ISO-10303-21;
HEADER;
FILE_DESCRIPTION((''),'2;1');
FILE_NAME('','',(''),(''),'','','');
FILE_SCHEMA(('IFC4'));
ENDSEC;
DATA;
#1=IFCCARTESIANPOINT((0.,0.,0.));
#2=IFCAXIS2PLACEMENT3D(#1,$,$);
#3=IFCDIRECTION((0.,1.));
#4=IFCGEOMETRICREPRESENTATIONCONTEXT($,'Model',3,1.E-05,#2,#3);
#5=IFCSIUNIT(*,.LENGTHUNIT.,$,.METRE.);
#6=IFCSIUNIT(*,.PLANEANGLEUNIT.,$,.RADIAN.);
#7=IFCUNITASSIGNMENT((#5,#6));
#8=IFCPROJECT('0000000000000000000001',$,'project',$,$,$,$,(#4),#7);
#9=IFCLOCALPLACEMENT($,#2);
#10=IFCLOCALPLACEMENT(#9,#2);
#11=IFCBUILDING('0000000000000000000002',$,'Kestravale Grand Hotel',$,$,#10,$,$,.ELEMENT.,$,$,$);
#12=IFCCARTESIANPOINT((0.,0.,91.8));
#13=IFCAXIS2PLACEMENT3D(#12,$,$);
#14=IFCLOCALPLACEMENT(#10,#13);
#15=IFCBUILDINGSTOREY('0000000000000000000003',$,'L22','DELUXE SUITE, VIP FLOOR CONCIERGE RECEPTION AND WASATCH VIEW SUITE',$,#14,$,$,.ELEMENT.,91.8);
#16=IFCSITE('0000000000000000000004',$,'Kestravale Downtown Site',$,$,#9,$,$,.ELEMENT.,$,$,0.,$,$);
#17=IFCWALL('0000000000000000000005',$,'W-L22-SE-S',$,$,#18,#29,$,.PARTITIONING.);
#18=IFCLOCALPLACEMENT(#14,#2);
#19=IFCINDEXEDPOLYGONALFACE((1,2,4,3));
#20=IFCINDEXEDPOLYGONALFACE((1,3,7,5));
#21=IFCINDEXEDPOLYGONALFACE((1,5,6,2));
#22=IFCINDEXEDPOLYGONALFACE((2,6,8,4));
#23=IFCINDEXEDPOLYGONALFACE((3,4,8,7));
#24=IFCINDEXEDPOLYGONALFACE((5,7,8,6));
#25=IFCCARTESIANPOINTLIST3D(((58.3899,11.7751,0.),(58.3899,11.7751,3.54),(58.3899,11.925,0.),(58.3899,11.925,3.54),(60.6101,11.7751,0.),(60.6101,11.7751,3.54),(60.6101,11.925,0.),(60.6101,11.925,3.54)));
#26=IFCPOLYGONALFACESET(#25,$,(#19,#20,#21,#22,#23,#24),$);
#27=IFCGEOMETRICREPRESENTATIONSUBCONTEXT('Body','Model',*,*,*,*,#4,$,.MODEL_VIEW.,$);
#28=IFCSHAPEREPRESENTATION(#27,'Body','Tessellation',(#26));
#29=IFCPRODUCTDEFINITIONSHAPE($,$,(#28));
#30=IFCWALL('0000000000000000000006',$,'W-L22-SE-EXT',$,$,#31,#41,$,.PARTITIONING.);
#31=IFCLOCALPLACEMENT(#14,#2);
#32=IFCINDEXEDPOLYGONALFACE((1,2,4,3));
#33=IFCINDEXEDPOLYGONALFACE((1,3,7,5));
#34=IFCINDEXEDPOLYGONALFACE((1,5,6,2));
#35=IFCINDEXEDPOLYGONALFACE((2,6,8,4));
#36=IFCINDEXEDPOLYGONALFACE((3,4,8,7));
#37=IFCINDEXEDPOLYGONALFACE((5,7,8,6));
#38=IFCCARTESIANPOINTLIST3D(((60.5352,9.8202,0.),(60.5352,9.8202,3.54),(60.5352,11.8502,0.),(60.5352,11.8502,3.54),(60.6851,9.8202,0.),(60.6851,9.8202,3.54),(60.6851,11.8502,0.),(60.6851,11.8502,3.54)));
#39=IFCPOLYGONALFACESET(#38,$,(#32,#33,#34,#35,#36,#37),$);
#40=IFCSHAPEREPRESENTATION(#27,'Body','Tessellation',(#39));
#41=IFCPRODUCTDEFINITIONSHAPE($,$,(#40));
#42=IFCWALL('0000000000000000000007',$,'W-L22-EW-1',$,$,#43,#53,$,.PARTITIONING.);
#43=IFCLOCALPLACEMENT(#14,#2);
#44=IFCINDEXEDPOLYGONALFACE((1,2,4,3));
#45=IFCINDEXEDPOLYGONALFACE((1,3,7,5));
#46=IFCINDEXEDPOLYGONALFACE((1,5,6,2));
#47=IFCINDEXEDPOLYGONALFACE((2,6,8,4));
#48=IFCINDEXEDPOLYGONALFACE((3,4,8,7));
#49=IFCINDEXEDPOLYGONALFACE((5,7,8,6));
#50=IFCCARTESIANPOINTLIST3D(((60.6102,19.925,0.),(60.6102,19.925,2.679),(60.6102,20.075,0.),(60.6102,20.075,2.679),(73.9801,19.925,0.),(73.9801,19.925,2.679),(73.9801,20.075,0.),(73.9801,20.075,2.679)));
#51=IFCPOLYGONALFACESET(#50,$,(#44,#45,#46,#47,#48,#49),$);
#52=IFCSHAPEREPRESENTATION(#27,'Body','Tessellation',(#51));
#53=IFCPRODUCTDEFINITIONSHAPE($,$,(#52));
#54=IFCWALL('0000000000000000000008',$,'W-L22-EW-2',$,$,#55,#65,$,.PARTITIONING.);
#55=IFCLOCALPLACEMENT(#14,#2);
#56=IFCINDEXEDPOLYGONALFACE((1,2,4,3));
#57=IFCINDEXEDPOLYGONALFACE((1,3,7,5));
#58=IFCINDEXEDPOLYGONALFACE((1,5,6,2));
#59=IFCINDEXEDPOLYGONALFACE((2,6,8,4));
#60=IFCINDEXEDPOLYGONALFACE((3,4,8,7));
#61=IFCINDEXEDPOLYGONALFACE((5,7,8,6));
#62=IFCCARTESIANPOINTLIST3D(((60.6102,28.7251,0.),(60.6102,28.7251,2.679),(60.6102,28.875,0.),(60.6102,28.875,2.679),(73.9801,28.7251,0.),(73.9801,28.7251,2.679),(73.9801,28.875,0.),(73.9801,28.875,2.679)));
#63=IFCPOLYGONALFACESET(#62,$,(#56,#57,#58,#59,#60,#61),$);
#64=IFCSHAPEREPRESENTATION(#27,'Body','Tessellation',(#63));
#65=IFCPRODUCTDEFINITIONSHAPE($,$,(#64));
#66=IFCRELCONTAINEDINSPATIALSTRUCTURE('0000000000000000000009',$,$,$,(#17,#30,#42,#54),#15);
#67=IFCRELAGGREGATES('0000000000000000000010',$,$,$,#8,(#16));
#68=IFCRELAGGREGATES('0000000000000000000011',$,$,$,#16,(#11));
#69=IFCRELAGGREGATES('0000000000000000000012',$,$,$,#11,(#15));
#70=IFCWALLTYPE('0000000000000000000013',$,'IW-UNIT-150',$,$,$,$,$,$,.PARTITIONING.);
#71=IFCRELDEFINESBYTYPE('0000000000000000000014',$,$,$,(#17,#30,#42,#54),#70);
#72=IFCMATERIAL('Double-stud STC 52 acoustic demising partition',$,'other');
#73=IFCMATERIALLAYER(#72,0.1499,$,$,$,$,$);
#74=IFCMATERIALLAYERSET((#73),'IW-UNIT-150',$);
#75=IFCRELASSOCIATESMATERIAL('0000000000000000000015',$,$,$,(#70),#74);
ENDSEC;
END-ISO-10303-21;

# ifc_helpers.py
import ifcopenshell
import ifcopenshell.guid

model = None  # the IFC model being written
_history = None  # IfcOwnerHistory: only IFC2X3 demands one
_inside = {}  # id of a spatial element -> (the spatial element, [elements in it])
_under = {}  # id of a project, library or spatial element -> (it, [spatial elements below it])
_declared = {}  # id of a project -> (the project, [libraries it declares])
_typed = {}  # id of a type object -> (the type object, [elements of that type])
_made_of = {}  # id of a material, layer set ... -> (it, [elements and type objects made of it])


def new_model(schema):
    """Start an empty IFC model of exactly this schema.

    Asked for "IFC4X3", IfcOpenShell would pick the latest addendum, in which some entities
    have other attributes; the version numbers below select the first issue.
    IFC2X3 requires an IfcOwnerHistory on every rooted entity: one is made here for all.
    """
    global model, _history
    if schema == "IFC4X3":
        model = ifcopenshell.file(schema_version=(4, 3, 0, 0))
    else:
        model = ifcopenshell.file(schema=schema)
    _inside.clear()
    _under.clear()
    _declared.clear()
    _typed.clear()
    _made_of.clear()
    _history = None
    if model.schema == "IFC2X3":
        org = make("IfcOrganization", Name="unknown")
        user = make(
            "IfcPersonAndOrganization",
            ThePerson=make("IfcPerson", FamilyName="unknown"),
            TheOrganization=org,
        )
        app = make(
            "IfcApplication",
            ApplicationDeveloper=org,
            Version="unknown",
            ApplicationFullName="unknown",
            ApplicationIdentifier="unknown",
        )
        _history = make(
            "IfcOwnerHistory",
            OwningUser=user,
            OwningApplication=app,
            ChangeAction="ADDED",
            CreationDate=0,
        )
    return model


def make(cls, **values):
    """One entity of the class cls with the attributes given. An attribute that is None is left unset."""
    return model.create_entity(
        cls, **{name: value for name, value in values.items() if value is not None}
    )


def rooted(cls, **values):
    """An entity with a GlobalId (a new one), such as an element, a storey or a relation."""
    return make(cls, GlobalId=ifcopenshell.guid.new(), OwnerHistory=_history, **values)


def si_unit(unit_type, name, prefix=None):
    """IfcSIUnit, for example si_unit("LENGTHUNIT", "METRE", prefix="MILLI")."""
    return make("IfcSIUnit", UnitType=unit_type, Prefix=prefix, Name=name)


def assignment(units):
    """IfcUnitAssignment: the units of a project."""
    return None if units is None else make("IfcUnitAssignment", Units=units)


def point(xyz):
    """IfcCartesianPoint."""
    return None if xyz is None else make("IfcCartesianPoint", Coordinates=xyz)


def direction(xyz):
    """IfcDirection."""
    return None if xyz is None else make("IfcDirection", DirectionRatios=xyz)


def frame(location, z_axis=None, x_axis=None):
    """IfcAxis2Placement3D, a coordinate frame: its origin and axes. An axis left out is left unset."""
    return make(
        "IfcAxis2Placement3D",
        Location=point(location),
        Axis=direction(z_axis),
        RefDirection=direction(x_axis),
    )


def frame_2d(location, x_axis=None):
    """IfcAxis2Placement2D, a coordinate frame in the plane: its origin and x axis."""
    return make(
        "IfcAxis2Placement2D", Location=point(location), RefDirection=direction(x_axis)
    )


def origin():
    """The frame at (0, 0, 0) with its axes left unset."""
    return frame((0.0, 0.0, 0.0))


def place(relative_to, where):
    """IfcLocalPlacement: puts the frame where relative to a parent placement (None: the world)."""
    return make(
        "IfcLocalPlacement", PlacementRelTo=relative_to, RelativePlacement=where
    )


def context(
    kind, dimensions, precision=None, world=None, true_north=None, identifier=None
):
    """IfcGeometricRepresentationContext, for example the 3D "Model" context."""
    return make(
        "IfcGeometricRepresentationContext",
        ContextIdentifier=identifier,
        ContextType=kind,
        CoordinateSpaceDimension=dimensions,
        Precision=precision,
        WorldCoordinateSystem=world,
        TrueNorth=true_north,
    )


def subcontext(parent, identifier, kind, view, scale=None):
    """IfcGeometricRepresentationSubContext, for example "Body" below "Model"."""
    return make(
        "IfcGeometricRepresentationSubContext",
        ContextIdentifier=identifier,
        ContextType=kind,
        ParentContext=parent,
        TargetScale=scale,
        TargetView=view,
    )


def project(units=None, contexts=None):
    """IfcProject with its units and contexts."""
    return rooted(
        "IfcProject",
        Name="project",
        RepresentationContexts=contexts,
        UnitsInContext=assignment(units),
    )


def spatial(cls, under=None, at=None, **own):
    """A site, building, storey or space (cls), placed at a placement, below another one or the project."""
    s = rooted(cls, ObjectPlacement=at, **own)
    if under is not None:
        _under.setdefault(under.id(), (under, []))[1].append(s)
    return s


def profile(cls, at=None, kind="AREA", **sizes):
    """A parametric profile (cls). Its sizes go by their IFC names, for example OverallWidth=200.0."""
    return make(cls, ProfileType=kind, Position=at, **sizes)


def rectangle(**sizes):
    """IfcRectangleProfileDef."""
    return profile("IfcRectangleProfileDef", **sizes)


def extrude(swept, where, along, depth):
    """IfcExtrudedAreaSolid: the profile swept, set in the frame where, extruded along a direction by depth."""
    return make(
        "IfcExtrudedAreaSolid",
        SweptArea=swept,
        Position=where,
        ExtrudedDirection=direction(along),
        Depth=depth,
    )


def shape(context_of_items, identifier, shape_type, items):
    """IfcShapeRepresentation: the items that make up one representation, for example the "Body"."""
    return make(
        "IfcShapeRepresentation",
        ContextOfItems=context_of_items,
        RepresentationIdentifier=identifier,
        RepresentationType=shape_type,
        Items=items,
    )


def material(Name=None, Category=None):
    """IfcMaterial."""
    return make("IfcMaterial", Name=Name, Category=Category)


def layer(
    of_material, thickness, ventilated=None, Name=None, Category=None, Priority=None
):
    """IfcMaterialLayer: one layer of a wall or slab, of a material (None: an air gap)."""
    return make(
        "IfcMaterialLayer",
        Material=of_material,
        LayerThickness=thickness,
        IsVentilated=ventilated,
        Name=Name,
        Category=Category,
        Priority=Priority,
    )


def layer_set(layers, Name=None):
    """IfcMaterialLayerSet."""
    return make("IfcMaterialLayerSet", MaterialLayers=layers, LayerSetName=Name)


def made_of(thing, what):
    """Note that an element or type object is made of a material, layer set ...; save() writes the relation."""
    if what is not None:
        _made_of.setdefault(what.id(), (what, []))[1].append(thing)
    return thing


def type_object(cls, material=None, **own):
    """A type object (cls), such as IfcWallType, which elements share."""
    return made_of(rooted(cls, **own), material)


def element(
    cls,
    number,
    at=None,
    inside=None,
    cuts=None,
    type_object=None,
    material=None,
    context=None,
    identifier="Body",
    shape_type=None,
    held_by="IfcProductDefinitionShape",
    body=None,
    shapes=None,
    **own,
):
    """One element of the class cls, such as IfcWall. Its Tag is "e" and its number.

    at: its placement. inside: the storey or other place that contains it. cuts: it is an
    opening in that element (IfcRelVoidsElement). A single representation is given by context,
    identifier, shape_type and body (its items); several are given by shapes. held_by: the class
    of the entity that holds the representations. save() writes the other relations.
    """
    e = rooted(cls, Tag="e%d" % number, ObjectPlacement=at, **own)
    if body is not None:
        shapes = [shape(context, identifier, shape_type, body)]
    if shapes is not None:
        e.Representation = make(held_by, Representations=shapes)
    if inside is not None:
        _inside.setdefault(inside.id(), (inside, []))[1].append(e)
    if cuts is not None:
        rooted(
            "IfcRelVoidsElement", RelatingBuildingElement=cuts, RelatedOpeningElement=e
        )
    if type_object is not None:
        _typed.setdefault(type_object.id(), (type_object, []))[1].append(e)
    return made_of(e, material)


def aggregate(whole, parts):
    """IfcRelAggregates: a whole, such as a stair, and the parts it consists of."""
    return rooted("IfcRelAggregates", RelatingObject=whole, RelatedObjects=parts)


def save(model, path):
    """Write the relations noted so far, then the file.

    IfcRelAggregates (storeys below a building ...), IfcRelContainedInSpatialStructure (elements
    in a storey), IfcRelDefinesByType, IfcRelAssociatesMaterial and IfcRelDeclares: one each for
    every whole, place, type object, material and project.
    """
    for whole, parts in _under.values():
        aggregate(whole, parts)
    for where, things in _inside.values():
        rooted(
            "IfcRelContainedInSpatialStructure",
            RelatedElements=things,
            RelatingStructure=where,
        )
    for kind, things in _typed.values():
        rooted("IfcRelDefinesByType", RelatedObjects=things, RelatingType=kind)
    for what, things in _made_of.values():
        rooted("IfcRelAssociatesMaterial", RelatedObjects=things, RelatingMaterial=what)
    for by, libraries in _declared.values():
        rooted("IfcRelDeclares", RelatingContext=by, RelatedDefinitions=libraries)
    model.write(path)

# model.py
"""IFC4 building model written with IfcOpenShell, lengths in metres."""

from ifc_helpers import new_model, si_unit, direction, frame, frame_2d, origin, place, context, subcontext, project, spatial, rectangle, extrude, material, layer, layer_set, type_object, element, save


model = new_model("IFC4")

# Units and contexts
model_context = context("Model", 3, precision=1e-05, world=origin(), true_north=direction((0.0, 1.0)))
body_context = subcontext(model_context, "Body", "Model", "MODEL_VIEW")
ifc_project = project(units=[si_unit("LENGTHUNIT", "METRE"), si_unit("PLANEANGLEUNIT", "RADIAN")], contexts=[model_context])

# Site, building, storey
site_placement = place(None, origin())
site = spatial("IfcSite", under=ifc_project, at=site_placement, Name="Kestravale Downtown Site", CompositionType="ELEMENT", RefElevation=0.0)
building_placement = place(site_placement, origin())
building = spatial("IfcBuilding", under=site, at=building_placement, Name="Kestravale Grand Hotel", CompositionType="ELEMENT")
storey_placement = place(building_placement, frame((0.0, 0.0, 91.8)))
storey = spatial("IfcBuildingStorey", under=building, at=storey_placement, Name="L22", Description="DELUXE SUITE, VIP FLOOR CONCIERGE RECEPTION AND WASATCH VIEW SUITE", CompositionType="ELEMENT", Elevation=91.8)

# Walls
ifc_material_1 = material(Name="Double-stud STC 52 acoustic demising partition", Category="other")
ifc_layer_1 = layer(ifc_material_1, 0.1499)
ifc_layer_set_1 = layer_set([ifc_layer_1], Name="IW-UNIT-150")
wall_type_1 = type_object("IfcWallType", Name="IW-UNIT-150", PredefinedType="PARTITIONING", material=ifc_layer_set_1)
wall_1_placement = place(storey_placement, frame((58.3899, 11.8501, 0.0), z_axis=(0.0, 0.0, 1.0), x_axis=(1.0, 0.0, 0.0)))
element("IfcWall", 1, at=wall_1_placement, inside=storey, type_object=wall_type_1, Name="W-L22-SE-S", PredefinedType="PARTITIONING", context=body_context, shape_type="SweptSolid", body=[
    extrude(rectangle(XDim=2.2202, YDim=0.1499, at=frame_2d((1.1101, 0.0))), origin(), (0.0, 0.0, 1.0), 3.54),
])
wall_2_placement = place(storey_placement, frame((60.6101, 9.8201, 0.0), z_axis=(0.0, 0.0, 1.0), x_axis=(0.0, 1.0, 0.0)))
element("IfcWall", 2, at=wall_2_placement, inside=storey, type_object=wall_type_1, Name="W-L22-SE-EXT", PredefinedType="PARTITIONING", context=body_context, shape_type="SweptSolid", body=[
    extrude(rectangle(XDim=2.03, YDim=0.1499, at=frame_2d((1.0151, 0.0))), origin(), (0.0, 0.0, 1.0), 3.54),
])
for number, where, z_axis, x_axis, name in (
    (3, (60.6101, 20.0, 0.0), (0.0, 0.0, 1.0), (1.0, 0.0, 0.0), "W-L22-EW-1"),
    (4, (60.6101, 28.8, 0.0), (0.0, 0.0, 1.0), (1.0, 0.0, 0.0), "W-L22-EW-2"),
):
    element("IfcWall", number, at=place(storey_placement, frame(where, z_axis=z_axis, x_axis=x_axis)), inside=storey, type_object=wall_type_1, Name=name, PredefinedType="PARTITIONING", context=body_context, shape_type="SweptSolid", body=[
        extrude(rectangle(XDim=13.3699, YDim=0.1499, at=frame_2d((6.6851, 0.0))), origin(), (0.0, 0.0, 1.0), 2.679),
    ])

save(model, "model.ifc")
